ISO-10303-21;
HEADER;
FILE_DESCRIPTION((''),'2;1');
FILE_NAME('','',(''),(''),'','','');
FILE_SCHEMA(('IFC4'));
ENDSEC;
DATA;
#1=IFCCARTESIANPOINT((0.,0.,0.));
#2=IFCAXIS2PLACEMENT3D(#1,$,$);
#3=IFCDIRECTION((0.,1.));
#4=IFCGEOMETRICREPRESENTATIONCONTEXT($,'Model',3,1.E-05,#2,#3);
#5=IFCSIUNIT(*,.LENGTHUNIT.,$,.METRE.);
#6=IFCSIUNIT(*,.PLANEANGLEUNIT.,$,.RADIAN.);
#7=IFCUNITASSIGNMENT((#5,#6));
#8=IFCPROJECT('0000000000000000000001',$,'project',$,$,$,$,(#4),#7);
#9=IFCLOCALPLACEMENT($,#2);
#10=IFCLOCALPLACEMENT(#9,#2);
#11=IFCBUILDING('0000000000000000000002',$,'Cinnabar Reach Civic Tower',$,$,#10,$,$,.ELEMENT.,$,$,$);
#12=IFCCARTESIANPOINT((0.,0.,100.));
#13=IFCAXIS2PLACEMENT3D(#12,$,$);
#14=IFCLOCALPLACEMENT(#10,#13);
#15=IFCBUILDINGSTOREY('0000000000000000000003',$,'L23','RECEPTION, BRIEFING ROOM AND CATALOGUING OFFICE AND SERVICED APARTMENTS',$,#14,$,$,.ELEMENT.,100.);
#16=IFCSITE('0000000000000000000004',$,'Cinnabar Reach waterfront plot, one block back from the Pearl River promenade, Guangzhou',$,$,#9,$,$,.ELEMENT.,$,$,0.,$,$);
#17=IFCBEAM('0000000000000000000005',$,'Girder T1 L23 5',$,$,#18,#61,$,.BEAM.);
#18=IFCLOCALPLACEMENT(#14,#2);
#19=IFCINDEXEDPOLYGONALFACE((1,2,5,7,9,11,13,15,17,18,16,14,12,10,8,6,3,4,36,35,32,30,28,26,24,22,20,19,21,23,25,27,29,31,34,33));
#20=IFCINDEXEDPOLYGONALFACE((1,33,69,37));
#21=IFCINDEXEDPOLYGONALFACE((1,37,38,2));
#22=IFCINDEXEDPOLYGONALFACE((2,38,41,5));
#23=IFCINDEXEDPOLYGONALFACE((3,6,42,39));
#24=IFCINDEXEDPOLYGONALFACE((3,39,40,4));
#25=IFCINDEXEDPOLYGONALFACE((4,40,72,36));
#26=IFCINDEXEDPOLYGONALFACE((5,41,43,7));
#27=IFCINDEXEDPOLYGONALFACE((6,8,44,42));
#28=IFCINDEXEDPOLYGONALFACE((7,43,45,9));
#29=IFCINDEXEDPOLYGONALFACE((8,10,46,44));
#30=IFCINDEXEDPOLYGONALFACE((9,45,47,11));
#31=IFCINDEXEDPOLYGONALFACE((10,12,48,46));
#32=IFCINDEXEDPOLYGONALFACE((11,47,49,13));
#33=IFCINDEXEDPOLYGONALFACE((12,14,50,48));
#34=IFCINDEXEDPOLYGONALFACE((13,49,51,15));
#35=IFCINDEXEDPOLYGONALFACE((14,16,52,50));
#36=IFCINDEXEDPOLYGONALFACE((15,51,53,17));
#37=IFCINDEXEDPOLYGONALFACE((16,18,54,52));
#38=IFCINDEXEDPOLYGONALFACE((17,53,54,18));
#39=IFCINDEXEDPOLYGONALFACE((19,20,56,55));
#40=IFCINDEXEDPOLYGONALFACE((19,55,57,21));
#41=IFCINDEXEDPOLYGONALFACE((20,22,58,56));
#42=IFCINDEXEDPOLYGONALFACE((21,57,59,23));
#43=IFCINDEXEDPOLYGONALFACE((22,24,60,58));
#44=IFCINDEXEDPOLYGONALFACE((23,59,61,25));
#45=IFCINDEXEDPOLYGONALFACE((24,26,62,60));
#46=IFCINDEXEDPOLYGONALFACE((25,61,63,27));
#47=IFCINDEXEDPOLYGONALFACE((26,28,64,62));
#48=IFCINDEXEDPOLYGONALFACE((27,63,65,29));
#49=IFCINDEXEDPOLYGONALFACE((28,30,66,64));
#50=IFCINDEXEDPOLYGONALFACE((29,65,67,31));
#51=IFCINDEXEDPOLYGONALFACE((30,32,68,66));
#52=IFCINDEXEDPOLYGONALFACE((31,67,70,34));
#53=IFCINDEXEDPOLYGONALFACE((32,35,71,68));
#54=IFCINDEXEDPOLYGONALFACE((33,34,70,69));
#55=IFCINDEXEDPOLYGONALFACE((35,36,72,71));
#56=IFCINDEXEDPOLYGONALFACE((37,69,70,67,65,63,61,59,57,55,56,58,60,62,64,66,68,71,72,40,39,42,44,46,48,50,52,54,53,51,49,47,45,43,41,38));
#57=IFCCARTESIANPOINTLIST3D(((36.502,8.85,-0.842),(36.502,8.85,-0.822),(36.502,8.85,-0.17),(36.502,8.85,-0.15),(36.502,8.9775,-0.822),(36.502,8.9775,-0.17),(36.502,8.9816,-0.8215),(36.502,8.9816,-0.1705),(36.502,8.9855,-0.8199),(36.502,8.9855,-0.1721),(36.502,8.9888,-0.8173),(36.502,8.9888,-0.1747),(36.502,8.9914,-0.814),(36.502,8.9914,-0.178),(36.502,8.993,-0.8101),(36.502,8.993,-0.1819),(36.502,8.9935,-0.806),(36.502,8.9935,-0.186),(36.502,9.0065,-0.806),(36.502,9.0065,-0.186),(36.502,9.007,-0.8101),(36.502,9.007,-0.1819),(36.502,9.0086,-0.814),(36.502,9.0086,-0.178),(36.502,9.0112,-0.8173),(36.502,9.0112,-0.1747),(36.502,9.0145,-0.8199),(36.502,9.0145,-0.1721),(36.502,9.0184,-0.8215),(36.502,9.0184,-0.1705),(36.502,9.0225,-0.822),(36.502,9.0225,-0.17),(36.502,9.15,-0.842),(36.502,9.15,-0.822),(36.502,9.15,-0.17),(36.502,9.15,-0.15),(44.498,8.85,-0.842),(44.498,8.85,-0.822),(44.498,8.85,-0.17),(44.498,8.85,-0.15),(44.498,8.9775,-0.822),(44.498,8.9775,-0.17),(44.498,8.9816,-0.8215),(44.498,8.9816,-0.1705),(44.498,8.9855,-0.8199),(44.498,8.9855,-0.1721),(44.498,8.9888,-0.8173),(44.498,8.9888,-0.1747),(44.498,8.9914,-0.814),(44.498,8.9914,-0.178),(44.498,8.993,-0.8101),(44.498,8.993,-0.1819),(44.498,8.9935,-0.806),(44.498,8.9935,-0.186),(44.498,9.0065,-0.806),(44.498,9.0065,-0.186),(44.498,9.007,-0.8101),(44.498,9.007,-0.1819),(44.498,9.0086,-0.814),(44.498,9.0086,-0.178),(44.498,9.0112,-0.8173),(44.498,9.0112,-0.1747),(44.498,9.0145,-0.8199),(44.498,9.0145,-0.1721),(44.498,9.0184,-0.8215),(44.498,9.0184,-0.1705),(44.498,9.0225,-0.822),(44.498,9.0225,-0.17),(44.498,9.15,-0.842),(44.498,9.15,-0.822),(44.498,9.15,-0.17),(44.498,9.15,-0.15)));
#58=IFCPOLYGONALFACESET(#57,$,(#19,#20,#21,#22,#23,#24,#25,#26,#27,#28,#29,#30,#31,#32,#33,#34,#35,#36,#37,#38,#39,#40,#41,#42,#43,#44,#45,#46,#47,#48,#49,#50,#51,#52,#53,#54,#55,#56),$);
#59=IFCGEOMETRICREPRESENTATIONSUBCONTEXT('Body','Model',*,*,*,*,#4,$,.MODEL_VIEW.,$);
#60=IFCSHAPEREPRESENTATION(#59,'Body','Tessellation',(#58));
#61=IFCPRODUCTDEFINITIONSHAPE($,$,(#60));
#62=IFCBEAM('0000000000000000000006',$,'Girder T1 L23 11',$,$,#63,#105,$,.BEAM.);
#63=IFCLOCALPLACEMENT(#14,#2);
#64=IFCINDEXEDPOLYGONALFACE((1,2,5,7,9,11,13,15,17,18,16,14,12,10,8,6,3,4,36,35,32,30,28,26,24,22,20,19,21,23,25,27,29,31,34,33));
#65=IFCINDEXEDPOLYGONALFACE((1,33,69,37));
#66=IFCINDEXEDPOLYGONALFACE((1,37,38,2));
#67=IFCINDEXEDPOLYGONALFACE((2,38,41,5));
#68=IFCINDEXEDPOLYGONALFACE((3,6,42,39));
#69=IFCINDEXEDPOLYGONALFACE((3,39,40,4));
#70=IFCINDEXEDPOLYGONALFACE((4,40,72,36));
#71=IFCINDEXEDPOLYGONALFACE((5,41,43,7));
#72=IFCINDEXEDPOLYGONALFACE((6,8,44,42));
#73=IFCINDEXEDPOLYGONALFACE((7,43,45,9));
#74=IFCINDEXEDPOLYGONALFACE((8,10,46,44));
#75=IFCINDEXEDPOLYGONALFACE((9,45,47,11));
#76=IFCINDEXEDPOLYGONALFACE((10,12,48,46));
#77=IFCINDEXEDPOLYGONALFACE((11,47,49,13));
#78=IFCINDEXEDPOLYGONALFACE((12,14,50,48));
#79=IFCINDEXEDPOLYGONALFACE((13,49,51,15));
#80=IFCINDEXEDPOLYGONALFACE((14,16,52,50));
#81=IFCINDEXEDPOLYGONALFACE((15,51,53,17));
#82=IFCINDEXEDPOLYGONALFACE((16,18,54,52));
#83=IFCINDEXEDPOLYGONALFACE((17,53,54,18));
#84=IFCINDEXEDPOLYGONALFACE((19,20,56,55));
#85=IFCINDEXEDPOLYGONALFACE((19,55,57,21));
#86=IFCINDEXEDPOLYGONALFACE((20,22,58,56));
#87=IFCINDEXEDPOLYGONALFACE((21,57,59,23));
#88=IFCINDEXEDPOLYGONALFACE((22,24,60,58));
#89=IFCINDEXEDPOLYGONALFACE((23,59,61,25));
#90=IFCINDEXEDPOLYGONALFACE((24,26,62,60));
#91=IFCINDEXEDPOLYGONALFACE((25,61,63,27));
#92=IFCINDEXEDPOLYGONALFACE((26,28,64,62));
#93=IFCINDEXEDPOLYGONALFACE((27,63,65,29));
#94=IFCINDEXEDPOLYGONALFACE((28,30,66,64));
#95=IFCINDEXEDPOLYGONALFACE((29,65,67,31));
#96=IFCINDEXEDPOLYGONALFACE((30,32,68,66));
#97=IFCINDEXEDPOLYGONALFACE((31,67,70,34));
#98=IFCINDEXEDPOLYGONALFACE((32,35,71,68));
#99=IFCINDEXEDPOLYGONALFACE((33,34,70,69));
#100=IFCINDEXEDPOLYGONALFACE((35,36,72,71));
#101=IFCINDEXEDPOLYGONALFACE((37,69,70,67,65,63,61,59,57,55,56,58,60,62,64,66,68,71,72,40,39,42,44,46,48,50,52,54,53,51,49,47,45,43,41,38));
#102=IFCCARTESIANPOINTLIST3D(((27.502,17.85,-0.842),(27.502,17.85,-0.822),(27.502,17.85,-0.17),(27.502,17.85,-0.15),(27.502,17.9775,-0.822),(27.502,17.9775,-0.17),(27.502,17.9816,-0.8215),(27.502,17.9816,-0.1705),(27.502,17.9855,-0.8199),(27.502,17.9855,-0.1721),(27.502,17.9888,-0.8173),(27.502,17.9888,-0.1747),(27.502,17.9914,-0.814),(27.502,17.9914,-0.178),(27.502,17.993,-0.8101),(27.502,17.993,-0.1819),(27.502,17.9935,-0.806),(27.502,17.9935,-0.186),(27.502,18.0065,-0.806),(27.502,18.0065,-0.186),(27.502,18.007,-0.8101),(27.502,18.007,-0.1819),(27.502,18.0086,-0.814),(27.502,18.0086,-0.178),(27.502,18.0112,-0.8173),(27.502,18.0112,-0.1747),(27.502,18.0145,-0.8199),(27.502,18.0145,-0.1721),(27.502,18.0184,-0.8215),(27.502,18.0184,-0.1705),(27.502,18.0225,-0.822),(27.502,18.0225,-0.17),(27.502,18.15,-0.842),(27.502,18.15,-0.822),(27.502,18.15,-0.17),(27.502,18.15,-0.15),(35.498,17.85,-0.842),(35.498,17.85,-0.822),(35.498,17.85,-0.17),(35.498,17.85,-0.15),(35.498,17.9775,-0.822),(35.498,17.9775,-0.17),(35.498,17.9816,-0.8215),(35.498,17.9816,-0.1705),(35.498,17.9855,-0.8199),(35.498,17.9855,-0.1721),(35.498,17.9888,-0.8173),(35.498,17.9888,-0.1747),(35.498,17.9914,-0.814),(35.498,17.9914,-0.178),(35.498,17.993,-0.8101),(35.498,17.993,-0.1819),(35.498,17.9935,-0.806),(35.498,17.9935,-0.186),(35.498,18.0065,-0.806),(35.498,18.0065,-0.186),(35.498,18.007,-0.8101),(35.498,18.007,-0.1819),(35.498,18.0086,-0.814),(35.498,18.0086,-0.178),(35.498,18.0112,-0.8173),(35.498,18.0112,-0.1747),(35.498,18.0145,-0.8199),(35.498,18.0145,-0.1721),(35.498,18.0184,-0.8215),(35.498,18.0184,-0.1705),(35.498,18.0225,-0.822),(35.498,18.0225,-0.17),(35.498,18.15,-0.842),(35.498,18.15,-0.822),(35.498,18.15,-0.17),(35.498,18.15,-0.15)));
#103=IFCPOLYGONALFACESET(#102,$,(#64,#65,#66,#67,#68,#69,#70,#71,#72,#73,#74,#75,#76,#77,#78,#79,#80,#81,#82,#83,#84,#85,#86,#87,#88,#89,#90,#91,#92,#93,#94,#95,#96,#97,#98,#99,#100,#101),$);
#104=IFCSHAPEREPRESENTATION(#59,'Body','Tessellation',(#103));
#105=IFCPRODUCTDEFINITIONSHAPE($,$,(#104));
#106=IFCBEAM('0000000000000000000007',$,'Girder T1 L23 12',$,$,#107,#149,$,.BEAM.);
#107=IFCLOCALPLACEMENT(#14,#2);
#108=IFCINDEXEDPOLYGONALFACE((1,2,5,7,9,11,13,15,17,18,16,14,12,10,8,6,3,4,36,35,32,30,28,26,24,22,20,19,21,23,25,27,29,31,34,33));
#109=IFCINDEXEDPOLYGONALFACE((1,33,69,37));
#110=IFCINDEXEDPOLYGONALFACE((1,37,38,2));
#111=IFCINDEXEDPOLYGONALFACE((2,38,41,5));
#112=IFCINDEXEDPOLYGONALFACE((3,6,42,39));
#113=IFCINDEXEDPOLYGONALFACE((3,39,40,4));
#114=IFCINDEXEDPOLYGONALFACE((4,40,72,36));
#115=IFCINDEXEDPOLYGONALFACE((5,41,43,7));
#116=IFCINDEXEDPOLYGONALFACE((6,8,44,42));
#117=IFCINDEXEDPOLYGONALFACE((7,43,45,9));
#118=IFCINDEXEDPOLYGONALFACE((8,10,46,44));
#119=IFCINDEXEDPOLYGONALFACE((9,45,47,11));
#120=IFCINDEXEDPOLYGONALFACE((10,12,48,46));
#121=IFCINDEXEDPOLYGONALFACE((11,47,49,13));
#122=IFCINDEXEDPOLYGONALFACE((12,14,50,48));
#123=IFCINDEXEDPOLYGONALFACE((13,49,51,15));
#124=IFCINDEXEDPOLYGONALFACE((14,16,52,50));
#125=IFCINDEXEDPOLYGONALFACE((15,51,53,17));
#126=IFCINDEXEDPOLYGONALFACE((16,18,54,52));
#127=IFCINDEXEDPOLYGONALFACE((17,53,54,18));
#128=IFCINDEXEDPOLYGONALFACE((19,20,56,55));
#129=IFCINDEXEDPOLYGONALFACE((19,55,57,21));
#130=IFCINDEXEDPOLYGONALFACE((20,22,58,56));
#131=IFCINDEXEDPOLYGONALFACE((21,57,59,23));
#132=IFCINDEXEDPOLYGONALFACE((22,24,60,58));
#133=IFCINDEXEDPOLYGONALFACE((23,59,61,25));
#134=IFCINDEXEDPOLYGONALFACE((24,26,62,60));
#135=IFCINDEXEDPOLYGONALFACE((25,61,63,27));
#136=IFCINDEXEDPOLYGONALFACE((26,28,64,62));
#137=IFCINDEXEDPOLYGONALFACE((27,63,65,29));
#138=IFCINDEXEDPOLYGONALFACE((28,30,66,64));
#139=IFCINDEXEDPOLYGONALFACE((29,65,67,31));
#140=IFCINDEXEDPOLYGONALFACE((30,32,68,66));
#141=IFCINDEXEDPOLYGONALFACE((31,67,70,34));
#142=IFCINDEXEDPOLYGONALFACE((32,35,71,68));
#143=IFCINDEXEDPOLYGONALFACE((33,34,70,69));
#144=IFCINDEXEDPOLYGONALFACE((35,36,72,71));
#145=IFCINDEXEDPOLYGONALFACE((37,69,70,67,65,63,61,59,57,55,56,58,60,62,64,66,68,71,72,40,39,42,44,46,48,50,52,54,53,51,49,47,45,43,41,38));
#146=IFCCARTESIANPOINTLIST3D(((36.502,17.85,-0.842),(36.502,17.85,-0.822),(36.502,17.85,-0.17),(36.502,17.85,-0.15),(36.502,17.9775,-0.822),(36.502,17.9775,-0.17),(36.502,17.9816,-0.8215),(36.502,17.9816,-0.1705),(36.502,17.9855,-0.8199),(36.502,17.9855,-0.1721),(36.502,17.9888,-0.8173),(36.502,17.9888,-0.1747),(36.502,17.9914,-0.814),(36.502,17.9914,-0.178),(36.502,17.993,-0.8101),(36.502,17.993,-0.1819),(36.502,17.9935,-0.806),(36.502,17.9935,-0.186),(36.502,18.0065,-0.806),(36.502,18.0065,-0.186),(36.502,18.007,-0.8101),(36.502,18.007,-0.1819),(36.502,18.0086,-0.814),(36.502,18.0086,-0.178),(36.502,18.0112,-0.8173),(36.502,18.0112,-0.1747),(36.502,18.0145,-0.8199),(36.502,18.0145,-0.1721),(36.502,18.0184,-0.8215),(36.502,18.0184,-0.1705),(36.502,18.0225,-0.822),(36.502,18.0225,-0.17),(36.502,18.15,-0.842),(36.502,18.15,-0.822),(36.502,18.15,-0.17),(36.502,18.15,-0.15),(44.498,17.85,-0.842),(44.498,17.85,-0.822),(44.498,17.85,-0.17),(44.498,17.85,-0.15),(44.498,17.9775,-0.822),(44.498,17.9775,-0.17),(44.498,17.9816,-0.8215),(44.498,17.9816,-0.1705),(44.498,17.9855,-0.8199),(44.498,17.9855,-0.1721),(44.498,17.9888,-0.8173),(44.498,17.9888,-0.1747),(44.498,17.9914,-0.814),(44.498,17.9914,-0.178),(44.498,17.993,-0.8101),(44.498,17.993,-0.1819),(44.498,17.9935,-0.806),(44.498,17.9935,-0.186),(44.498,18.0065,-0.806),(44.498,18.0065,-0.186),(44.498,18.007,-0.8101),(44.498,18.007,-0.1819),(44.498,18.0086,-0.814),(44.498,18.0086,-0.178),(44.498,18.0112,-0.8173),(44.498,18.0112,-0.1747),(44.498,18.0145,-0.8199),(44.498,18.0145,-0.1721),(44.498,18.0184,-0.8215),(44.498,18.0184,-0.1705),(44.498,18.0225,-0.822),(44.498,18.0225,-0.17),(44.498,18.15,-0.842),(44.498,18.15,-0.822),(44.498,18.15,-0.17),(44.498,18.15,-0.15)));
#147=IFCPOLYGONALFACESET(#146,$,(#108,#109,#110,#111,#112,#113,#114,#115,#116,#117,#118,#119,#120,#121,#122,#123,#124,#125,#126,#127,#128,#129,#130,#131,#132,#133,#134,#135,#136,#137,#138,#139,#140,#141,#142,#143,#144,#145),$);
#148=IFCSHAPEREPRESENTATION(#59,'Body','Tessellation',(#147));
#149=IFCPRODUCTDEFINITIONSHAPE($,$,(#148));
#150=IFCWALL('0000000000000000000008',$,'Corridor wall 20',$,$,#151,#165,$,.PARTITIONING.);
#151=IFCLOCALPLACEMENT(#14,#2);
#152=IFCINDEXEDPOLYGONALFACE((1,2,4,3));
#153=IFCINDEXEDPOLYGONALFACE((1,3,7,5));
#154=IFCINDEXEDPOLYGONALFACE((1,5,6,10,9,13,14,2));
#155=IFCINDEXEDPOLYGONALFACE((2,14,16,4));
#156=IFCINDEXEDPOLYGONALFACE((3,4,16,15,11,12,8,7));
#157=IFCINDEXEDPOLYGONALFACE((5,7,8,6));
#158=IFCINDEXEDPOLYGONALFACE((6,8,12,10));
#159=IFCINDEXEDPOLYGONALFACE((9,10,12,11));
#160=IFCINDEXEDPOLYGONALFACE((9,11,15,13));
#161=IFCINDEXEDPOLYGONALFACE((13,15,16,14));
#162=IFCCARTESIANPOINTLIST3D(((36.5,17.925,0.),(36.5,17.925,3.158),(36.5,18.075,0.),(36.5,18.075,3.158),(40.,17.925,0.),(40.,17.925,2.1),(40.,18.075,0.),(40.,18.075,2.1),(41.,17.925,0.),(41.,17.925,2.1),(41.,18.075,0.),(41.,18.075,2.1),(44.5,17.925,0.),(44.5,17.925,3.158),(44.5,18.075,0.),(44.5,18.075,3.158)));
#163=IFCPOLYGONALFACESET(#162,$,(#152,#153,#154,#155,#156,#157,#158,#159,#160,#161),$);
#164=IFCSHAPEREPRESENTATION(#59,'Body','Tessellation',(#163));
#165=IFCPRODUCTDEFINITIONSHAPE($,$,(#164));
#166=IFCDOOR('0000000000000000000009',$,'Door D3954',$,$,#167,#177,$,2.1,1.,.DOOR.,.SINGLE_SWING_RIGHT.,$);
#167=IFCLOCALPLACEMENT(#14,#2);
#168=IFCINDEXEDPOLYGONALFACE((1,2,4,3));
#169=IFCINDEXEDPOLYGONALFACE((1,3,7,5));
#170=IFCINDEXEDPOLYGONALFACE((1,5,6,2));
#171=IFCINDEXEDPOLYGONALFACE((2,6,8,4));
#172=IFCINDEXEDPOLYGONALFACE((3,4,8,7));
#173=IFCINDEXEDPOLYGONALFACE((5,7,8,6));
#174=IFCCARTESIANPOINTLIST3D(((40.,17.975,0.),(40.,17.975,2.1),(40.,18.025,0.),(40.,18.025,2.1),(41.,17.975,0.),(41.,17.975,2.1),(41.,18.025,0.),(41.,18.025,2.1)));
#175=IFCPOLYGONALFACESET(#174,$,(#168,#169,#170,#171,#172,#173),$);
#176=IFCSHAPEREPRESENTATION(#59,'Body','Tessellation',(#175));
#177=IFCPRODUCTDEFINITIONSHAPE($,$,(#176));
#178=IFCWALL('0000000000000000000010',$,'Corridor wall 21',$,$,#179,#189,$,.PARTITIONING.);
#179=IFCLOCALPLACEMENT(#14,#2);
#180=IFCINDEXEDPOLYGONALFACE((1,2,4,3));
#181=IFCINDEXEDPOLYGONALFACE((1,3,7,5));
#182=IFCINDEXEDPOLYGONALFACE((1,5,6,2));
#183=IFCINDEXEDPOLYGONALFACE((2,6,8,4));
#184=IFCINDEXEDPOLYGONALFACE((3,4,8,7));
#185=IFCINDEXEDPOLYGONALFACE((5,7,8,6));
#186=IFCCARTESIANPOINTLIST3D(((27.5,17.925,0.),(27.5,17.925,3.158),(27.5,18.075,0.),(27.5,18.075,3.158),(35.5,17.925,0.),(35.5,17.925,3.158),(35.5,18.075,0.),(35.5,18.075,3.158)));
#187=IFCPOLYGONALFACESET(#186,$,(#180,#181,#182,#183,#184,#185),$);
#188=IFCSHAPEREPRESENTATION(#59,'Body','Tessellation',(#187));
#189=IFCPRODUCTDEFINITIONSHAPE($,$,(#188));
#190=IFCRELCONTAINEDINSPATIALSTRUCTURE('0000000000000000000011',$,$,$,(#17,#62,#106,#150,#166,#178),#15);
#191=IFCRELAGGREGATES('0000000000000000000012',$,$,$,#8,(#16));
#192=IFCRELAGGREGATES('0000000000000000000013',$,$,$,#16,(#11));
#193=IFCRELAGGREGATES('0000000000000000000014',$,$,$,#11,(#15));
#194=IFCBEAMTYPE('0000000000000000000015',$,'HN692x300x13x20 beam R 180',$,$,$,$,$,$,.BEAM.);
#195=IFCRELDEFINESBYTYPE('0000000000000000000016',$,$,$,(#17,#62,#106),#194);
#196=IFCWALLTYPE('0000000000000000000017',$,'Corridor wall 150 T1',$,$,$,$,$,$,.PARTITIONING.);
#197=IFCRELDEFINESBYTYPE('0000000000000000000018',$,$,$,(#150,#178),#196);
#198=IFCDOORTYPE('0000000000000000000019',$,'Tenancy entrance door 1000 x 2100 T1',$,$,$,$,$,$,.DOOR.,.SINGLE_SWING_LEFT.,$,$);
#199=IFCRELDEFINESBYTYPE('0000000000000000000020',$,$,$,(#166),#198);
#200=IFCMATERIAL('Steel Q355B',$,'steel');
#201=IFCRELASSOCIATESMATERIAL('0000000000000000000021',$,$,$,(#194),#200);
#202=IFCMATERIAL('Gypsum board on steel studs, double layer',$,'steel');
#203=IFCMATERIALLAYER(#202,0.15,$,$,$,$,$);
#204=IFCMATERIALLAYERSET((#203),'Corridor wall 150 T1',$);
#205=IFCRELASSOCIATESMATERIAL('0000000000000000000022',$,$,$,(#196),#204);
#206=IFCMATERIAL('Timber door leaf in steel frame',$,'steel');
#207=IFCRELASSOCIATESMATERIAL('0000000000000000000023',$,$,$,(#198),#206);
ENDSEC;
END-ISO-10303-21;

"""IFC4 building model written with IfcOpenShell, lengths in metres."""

from ifc_helpers import new_model, si_unit, direction, frame, frame_2d, origin, origin_2d, place, context, subcontext, project, spatial, rectangle, i_section, extrude, material, layer, layer_set, material_profile, profile_set, type_object, element, fill, save


model = new_model("IFC4")

# Units and contexts
model_context = context("Model", 3, precision=1e-05, world=origin(), true_north=direction((0.0, 1.0)))
body_context = subcontext(model_context, "Body", "Model", "MODEL_VIEW")
ifc_project = project(units=[si_unit("LENGTHUNIT", "METRE"), si_unit("PLANEANGLEUNIT", "RADIAN")], contexts=[model_context])

# Site, building, storey
site_placement = place(None, origin())
site = spatial("IfcSite", under=ifc_project, at=site_placement, Name="Cinnabar Reach waterfront plot, one block back from the Pearl River promenade, Guangzhou", CompositionType="ELEMENT", RefElevation=0.0)
building_placement = place(site_placement, origin())
building = spatial("IfcBuilding", under=site, at=building_placement, Name="Cinnabar Reach Civic Tower", CompositionType="ELEMENT")
storey_placement = place(building_placement, frame((0.0, 0.0, 100.0)))
storey = spatial("IfcBuildingStorey", under=building, at=storey_placement, Name="L23", Description="RECEPTION, BRIEFING ROOM AND CATALOGUING OFFICE AND SERVICED APARTMENTS", CompositionType="ELEMENT", Elevation=100.0)

# Beams
ifc_material_1 = material(Name="Steel Q355B", Category="steel")
ifc_material_profile_1 = material_profile(ifc_material_1, i_section(OverallWidth=0.3, OverallDepth=0.692, WebThickness=0.013, FlangeThickness=0.02, FilletRadius=0.016, at=origin_2d()), Name="HN692x300x13x20")
ifc_profile_set_1 = profile_set([ifc_material_profile_1], Name="Steel Q355B")
beam_type_1 = type_object("IfcBeamType", Name="HN692x300x13x20 beam R 180", PredefinedType="BEAM", material=ifc_profile_set_1)
for number, where, z_axis, x_axis, name in (
    (1, (36.502, 9.0, -0.496), (1.0, 0.0, 0.0), (0.0, 1.0, 0.0), "Girder T1 L23 5"),
    (2, (27.502, 18.0, -0.496), (1.0, 0.0, 0.0), (0.0, 1.0, 0.0), "Girder T1 L23 11"),
    (3, (36.502, 18.0, -0.496), (1.0, 0.0, 0.0), (0.0, 1.0, 0.0), "Girder T1 L23 12"),
):
    element("IfcBeam", number, at=place(storey_placement, frame(where, z_axis=z_axis, x_axis=x_axis)), inside=storey, type_object=beam_type_1, Name=name, PredefinedType="BEAM", context=body_context, shape_type="SweptSolid", body=[
        extrude(i_section(OverallWidth=0.3, OverallDepth=0.692, WebThickness=0.013, FlangeThickness=0.02, FilletRadius=0.016, at=origin_2d()), origin(), (0.0, 0.0, 1.0), 7.996),
    ])

# Wall, opening, door
ifc_material_2 = material(Name="Gypsum board on steel studs, double layer", Category="steel")
ifc_layer_1 = layer(ifc_material_2, 0.15)
ifc_layer_set_1 = layer_set([ifc_layer_1], Name="Corridor wall 150 T1")
wall_type_1 = type_object("IfcWallType", Name="Corridor wall 150 T1", PredefinedType="PARTITIONING", material=ifc_layer_set_1)
wall_1_placement = place(storey_placement, frame((36.5, 18.0, 0.0), z_axis=(0.0, 0.0, 1.0), x_axis=(1.0, 0.0, 0.0)))
wall_1 = element("IfcWall", 4, at=wall_1_placement, inside=storey, type_object=wall_type_1, Name="Corridor wall 20", PredefinedType="PARTITIONING", context=body_context, shape_type="SweptSolid", body=[
    extrude(rectangle(XDim=8.0, YDim=0.15, at=frame_2d((4.0, 0.0))), origin(), (0.0, 0.0, 1.0), 3.158),
])
opening_1_placement = place(wall_1_placement, frame((3.5, 0.0, 0.0)))
opening_1 = element("IfcOpeningElement", 5, at=opening_1_placement, cuts=wall_1, PredefinedType="OPENING", context=body_context, shape_type="SweptSolid", body=[
    extrude(rectangle(XDim=1.0, YDim=2.1, at=frame_2d((0.5, 1.05))), frame((0.0, 0.085, 0.0), z_axis=(0.0, -1.0, 0.0), x_axis=(1.0, 0.0, 0.0)), (0.0, 0.0, 1.0), 0.17),
])
ifc_material_3 = material(Name="Timber door leaf in steel frame", Category="steel")
door_type_1 = type_object("IfcDoorType", Name="Tenancy entrance door 1000 x 2100 T1", OperationType="SINGLE_SWING_LEFT", PredefinedType="DOOR", material=ifc_material_3)
door_1_placement = place(opening_1_placement, frame((1.0, 0.0, 0.0), z_axis=(0.0, 0.0, 1.0), x_axis=(-1.0, 0.0, 0.0)))
door_1 = element("IfcDoor", 6, at=door_1_placement, inside=storey, type_object=door_type_1, Name="Door D3954", OperationType="SINGLE_SWING_RIGHT", OverallHeight=2.1, OverallWidth=1.0, PredefinedType="DOOR", context=body_context, shape_type="SweptSolid", body=[
    extrude(rectangle(XDim=1.0, YDim=2.1, at=frame_2d((0.5, 1.05))), frame((0.0, 0.025, 0.0), z_axis=(0.0, -1.0, 0.0), x_axis=(1.0, 0.0, 0.0)), (0.0, 0.0, 1.0), 0.05),
])
fill(opening_1, door_1)

# Wall
wall_2_placement = place(storey_placement, frame((27.5, 18.0, 0.0), z_axis=(0.0, 0.0, 1.0), x_axis=(1.0, 0.0, 0.0)))
element("IfcWall", 7, at=wall_2_placement, inside=storey, type_object=wall_type_1, Name="Corridor wall 21", PredefinedType="PARTITIONING", context=body_context, shape_type="SweptSolid", body=[
    extrude(rectangle(XDim=8.0, YDim=0.15, at=frame_2d((4.0, 0.0))), origin(), (0.0, 0.0, 1.0), 3.158),
])

save(model, "model.ifc")
